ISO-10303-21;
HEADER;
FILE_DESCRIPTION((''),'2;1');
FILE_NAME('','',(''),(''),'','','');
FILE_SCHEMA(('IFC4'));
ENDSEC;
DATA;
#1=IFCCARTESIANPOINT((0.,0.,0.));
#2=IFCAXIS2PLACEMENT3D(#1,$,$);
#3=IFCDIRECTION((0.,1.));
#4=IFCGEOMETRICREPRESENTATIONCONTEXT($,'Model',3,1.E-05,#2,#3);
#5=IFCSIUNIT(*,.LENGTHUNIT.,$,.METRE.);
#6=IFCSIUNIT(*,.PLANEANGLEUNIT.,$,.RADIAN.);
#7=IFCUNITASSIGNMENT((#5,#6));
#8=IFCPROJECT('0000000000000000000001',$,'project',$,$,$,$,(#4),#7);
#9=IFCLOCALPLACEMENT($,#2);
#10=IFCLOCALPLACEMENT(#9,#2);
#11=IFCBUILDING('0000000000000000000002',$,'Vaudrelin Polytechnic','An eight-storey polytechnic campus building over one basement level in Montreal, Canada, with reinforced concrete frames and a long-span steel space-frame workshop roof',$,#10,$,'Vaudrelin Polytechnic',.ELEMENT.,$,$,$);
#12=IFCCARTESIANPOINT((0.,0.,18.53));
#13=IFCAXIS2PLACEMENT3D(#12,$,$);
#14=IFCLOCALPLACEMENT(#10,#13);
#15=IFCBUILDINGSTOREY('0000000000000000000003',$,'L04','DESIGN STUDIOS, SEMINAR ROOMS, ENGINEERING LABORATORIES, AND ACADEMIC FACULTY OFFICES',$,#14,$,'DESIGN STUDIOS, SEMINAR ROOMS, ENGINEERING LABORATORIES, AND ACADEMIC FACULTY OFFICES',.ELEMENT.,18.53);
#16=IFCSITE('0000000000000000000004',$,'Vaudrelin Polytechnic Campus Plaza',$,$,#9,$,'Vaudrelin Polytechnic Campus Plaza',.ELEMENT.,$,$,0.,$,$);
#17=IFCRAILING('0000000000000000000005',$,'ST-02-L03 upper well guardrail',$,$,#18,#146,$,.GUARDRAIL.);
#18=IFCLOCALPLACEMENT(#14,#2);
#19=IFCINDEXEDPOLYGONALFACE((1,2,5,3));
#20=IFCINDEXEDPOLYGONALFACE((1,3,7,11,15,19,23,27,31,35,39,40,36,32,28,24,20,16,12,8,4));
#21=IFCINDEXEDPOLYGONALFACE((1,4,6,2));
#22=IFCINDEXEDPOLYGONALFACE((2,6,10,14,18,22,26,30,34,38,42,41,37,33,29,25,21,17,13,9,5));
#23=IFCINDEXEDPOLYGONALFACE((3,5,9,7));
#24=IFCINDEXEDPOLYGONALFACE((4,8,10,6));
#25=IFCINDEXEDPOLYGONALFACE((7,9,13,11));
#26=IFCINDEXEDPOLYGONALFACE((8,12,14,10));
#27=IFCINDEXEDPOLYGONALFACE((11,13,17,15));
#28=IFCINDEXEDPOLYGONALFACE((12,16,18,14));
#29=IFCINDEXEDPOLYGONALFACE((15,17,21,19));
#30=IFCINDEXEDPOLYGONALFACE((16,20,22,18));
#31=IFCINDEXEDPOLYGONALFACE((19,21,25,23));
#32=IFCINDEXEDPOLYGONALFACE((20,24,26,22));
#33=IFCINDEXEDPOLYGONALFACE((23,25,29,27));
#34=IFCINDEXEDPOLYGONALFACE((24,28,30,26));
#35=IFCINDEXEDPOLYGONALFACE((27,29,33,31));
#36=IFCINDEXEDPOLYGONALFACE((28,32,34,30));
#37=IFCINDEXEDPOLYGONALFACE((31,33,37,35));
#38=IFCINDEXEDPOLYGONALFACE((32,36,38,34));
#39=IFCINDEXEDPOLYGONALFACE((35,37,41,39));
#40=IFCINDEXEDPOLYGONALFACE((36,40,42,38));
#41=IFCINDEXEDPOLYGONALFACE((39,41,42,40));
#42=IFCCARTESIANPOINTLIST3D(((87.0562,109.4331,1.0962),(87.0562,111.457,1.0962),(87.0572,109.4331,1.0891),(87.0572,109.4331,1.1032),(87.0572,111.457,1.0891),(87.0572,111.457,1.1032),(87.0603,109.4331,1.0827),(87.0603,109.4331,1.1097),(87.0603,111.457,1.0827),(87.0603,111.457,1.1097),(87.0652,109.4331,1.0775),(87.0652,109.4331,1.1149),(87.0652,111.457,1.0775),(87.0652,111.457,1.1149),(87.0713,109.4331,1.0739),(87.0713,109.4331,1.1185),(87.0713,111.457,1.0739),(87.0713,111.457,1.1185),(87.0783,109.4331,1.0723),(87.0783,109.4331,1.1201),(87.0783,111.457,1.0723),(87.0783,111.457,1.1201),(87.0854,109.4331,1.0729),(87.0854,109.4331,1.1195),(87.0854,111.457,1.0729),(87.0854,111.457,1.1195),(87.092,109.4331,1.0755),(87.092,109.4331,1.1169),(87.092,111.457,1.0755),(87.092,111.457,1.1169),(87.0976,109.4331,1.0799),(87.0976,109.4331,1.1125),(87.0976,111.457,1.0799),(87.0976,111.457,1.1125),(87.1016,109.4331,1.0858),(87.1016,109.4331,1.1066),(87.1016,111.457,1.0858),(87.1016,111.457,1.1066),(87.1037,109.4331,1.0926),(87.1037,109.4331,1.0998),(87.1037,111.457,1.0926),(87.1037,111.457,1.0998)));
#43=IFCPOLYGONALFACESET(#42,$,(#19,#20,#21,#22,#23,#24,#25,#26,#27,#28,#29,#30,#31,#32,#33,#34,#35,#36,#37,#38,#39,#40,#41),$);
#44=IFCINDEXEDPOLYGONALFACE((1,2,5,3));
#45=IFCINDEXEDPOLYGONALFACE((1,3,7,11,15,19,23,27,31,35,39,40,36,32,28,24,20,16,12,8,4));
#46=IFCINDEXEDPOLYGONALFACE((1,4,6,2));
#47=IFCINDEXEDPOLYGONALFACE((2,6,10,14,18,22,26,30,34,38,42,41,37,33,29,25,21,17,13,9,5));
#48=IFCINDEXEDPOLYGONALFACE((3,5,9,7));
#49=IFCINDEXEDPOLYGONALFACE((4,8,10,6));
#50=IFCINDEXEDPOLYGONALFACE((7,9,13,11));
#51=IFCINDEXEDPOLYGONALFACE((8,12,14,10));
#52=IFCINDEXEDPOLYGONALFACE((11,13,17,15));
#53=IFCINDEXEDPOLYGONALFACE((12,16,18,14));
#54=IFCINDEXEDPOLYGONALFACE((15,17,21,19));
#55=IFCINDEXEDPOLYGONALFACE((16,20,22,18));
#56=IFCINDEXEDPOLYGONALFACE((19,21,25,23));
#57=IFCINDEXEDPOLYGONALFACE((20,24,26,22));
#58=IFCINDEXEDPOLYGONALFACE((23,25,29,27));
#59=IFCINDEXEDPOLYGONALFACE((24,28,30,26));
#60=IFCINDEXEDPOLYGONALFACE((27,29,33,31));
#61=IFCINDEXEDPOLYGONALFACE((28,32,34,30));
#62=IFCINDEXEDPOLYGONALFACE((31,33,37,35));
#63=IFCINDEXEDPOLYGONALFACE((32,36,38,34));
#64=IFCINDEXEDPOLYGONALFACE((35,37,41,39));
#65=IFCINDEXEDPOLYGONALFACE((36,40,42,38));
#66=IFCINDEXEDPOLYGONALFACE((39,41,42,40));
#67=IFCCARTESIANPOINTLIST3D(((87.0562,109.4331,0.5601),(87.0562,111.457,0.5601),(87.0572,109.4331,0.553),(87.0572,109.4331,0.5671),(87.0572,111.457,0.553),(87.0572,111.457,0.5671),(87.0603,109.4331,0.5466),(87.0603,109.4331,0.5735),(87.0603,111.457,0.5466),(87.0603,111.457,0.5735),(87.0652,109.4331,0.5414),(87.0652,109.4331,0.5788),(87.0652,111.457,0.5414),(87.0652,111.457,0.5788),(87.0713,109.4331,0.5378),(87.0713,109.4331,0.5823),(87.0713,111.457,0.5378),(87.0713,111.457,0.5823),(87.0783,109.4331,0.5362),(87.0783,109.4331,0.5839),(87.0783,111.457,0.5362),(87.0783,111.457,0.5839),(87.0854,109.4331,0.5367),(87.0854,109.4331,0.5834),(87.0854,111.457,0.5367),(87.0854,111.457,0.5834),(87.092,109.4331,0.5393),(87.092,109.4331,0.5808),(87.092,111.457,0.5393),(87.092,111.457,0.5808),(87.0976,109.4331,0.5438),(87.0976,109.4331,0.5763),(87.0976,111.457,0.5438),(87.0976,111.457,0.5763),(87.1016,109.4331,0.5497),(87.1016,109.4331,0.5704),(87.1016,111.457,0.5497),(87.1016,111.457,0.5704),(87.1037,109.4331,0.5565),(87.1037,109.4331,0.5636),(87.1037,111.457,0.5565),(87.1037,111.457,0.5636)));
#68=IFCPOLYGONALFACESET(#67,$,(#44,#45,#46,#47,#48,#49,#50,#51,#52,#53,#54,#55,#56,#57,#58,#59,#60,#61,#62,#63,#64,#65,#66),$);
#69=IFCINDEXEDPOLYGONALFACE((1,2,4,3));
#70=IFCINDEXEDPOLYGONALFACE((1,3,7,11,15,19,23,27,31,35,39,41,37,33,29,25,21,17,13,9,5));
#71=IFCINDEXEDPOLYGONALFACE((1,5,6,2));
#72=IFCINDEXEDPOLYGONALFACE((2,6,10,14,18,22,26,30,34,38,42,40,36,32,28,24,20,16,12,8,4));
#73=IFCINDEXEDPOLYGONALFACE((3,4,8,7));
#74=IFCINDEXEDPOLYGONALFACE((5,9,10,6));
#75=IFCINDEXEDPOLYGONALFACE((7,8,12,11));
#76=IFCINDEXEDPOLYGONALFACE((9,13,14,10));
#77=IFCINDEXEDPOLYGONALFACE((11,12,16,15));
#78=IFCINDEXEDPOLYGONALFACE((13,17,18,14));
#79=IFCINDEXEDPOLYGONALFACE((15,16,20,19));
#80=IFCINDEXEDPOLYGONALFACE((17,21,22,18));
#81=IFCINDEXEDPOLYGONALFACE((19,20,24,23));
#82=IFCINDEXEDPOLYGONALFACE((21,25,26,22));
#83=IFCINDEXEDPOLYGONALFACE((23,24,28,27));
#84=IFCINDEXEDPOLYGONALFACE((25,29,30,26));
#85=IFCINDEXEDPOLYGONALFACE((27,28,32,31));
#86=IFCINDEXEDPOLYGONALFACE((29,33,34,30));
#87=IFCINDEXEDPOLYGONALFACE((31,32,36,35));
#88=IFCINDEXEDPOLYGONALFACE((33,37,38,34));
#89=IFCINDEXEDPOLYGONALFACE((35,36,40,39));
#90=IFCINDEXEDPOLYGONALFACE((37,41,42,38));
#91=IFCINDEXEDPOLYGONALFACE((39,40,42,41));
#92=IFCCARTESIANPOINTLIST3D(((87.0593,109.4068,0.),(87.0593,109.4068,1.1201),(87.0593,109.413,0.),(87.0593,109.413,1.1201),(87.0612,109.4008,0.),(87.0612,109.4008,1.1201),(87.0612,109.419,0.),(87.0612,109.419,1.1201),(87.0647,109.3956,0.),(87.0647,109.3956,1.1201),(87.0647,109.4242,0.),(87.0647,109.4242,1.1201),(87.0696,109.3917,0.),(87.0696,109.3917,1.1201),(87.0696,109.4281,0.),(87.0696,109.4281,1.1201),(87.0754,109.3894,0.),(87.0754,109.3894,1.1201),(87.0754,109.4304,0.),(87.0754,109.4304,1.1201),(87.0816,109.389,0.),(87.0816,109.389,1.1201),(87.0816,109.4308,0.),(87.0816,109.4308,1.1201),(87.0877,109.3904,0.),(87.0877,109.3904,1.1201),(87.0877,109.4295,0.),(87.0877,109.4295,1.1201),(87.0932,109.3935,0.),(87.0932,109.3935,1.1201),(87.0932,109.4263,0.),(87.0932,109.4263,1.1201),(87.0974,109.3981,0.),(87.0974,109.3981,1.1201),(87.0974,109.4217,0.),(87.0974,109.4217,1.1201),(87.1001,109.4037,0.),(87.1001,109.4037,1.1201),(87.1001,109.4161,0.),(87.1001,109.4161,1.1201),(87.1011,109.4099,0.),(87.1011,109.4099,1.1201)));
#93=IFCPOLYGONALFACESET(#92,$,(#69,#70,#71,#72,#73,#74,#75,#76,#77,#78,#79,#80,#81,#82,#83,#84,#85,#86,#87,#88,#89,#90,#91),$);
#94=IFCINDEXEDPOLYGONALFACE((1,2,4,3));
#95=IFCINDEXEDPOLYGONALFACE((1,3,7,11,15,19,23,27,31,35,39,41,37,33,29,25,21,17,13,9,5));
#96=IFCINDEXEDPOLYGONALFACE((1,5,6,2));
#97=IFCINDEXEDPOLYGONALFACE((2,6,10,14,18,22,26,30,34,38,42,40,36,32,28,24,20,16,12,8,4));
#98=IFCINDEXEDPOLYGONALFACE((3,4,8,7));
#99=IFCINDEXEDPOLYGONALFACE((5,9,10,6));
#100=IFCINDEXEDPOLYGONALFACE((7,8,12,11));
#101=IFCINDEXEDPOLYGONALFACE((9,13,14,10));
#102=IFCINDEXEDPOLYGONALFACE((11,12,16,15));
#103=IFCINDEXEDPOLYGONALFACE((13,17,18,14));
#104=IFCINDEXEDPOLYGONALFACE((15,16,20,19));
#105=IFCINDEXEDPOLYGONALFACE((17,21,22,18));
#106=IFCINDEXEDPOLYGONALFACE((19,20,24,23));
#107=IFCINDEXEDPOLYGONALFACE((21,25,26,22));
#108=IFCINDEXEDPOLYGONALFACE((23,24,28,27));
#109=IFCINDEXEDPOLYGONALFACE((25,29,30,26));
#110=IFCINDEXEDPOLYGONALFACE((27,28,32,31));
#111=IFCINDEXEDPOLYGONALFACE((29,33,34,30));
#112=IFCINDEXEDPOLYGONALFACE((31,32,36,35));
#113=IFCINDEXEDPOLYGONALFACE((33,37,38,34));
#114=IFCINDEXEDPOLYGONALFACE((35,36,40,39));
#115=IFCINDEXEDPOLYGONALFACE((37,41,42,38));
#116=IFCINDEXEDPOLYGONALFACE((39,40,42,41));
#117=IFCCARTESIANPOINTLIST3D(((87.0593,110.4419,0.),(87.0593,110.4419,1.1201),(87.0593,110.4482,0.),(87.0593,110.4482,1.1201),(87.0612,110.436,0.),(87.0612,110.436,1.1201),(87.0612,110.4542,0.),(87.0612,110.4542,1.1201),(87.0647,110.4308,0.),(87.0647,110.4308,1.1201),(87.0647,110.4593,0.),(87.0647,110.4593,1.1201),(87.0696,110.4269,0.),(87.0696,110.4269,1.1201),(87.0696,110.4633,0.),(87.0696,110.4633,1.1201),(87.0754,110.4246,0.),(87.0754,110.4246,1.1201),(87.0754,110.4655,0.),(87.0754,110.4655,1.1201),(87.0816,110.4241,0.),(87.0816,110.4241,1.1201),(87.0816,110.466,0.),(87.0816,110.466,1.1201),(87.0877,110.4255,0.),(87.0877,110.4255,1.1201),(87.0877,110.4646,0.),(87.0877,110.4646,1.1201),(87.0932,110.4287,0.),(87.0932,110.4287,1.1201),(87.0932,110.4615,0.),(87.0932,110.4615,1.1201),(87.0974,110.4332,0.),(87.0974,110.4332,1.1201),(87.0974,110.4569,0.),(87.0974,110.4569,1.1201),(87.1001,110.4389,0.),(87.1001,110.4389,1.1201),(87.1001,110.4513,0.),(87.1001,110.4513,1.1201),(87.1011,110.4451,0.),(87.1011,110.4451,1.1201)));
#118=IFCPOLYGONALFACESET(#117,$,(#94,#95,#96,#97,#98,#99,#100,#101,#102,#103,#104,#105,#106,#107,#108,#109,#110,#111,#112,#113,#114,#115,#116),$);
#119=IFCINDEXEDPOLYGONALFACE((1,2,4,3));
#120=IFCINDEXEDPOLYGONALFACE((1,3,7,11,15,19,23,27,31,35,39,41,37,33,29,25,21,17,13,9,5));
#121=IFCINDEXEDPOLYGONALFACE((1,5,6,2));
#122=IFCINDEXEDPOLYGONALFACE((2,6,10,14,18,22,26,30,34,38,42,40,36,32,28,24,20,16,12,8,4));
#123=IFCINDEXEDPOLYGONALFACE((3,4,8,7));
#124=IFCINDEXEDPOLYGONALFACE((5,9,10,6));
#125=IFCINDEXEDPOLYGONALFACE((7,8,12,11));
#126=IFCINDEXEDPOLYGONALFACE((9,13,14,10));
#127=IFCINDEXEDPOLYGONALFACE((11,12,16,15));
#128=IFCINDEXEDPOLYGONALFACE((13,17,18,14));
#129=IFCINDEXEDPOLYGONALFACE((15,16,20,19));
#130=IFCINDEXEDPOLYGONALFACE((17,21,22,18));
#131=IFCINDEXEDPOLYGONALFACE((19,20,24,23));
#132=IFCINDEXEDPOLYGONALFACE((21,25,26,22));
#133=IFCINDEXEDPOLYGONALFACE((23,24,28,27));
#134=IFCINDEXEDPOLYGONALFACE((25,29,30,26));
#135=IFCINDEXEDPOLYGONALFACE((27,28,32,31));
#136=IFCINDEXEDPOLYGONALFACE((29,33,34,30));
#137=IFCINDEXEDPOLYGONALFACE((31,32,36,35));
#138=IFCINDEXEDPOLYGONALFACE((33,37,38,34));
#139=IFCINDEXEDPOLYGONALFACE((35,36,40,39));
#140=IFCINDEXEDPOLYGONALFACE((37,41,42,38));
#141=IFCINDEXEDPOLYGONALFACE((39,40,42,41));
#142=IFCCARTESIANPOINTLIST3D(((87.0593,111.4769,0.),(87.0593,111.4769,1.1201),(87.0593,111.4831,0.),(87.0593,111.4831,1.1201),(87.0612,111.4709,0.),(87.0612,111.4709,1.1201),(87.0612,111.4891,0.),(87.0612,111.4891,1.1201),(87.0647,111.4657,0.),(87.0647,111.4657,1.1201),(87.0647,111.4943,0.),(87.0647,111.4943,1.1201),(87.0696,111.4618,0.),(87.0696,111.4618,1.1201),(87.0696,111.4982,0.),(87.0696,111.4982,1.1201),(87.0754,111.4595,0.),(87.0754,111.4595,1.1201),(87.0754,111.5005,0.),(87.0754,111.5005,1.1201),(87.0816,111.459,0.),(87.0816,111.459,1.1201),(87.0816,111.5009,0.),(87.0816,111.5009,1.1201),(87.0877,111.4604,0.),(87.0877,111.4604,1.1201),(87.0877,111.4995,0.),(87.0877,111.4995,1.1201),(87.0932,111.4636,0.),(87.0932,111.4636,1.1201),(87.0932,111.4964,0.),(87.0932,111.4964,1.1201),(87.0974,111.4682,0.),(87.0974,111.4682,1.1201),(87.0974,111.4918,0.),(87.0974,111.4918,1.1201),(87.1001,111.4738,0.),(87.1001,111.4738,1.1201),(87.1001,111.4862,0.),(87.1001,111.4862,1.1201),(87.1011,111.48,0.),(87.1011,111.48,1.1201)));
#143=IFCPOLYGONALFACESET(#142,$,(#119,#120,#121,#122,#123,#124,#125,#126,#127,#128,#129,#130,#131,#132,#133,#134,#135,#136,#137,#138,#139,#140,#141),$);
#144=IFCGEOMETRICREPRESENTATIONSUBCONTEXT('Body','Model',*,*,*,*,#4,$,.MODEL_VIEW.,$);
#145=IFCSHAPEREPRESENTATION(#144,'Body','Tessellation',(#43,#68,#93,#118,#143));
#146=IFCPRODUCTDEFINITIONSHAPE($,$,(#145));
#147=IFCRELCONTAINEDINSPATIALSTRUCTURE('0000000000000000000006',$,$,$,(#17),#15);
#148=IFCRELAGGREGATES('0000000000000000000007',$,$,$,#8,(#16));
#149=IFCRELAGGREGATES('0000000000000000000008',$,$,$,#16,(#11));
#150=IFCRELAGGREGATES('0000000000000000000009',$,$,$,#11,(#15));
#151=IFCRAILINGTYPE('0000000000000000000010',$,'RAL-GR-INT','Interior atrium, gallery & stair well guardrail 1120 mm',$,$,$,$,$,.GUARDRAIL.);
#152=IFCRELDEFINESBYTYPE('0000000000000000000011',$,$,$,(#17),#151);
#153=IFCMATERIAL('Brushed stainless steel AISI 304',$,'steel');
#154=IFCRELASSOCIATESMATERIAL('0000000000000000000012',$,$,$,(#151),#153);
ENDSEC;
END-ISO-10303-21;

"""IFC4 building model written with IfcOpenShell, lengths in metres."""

from ifc_helpers import new_model, si_unit, direction, frame, origin, origin_2d, place, context, subcontext, project, spatial, circle, extrude, material, type_object, element, save


model = new_model("IFC4")

# Units and contexts
model_context = context("Model", 3, precision=1e-05, world=origin(), true_north=direction((0.0, 1.0)))
body_context = subcontext(model_context, "Body", "Model", "MODEL_VIEW")
ifc_project = project(units=[si_unit("LENGTHUNIT", "METRE"), si_unit("PLANEANGLEUNIT", "RADIAN")], contexts=[model_context])

# Site, building, storey
site_placement = place(None, origin())
site = spatial("IfcSite", under=ifc_project, at=site_placement, Name="Vaudrelin Polytechnic Campus Plaza", LongName="Vaudrelin Polytechnic Campus Plaza", CompositionType="ELEMENT", RefElevation=0.0)
building_placement = place(site_placement, origin())
building = spatial("IfcBuilding", under=site, at=building_placement, Name="Vaudrelin Polytechnic", Description="An eight-storey polytechnic campus building over one basement level in Montreal, Canada, with reinforced concrete frames and a long-span steel space-frame workshop roof", LongName="Vaudrelin Polytechnic", CompositionType="ELEMENT")
storey_placement = place(building_placement, frame((0.0, 0.0, 18.53)))
storey = spatial("IfcBuildingStorey", under=building, at=storey_placement, Name="L04", Description="DESIGN STUDIOS, SEMINAR ROOMS, ENGINEERING LABORATORIES, AND ACADEMIC FACULTY OFFICES", LongName="DESIGN STUDIOS, SEMINAR ROOMS, ENGINEERING LABORATORIES, AND ACADEMIC FACULTY OFFICES", CompositionType="ELEMENT", Elevation=18.53)

# Railing
ifc_material_1 = material(Name="Brushed stainless steel AISI 304", Category="steel")
railing_type_1 = type_object("IfcRailingType", Name="RAL-GR-INT", Description="Interior atrium, gallery & stair well guardrail 1120 mm", PredefinedType="GUARDRAIL", material=ifc_material_1)
railing_1_placement = place(storey_placement, frame((87.0801, 109.4099, 0.0)))
element("IfcRailing", 1, at=railing_1_placement, inside=storey, type_object=railing_type_1, Name="ST-02-L03 upper well guardrail", PredefinedType="GUARDRAIL", context=body_context, shape_type="SweptSolid", body=[
    extrude(circle(Radius=0.0239, at=origin_2d()), frame((0.0, 0.0232, 1.0962), z_axis=(0.0, 1.0, 0.0), x_axis=(-1.0, 0.0, 0.0)), (0.0, 0.0, 1.0), 2.0239),
    extrude(circle(Radius=0.0239, at=origin_2d()), frame((0.0, 0.0232, 0.5601), z_axis=(0.0, 1.0, 0.0), x_axis=(-1.0, 0.0, 0.0)), (0.0, 0.0, 1.0), 2.0239),
    extrude(circle(Radius=0.021, at=origin_2d()), origin(), (0.0, 0.0, 1.0), 1.1201),
    extrude(circle(Radius=0.021, at=origin_2d()), frame((0.0, 1.0352, 0.0)), (0.0, 0.0, 1.0), 1.1201),
    extrude(circle(Radius=0.021, at=origin_2d()), frame((0.0, 2.0701, 0.0)), (0.0, 0.0, 1.0), 1.1201),
])

save(model, "model.ifc")
